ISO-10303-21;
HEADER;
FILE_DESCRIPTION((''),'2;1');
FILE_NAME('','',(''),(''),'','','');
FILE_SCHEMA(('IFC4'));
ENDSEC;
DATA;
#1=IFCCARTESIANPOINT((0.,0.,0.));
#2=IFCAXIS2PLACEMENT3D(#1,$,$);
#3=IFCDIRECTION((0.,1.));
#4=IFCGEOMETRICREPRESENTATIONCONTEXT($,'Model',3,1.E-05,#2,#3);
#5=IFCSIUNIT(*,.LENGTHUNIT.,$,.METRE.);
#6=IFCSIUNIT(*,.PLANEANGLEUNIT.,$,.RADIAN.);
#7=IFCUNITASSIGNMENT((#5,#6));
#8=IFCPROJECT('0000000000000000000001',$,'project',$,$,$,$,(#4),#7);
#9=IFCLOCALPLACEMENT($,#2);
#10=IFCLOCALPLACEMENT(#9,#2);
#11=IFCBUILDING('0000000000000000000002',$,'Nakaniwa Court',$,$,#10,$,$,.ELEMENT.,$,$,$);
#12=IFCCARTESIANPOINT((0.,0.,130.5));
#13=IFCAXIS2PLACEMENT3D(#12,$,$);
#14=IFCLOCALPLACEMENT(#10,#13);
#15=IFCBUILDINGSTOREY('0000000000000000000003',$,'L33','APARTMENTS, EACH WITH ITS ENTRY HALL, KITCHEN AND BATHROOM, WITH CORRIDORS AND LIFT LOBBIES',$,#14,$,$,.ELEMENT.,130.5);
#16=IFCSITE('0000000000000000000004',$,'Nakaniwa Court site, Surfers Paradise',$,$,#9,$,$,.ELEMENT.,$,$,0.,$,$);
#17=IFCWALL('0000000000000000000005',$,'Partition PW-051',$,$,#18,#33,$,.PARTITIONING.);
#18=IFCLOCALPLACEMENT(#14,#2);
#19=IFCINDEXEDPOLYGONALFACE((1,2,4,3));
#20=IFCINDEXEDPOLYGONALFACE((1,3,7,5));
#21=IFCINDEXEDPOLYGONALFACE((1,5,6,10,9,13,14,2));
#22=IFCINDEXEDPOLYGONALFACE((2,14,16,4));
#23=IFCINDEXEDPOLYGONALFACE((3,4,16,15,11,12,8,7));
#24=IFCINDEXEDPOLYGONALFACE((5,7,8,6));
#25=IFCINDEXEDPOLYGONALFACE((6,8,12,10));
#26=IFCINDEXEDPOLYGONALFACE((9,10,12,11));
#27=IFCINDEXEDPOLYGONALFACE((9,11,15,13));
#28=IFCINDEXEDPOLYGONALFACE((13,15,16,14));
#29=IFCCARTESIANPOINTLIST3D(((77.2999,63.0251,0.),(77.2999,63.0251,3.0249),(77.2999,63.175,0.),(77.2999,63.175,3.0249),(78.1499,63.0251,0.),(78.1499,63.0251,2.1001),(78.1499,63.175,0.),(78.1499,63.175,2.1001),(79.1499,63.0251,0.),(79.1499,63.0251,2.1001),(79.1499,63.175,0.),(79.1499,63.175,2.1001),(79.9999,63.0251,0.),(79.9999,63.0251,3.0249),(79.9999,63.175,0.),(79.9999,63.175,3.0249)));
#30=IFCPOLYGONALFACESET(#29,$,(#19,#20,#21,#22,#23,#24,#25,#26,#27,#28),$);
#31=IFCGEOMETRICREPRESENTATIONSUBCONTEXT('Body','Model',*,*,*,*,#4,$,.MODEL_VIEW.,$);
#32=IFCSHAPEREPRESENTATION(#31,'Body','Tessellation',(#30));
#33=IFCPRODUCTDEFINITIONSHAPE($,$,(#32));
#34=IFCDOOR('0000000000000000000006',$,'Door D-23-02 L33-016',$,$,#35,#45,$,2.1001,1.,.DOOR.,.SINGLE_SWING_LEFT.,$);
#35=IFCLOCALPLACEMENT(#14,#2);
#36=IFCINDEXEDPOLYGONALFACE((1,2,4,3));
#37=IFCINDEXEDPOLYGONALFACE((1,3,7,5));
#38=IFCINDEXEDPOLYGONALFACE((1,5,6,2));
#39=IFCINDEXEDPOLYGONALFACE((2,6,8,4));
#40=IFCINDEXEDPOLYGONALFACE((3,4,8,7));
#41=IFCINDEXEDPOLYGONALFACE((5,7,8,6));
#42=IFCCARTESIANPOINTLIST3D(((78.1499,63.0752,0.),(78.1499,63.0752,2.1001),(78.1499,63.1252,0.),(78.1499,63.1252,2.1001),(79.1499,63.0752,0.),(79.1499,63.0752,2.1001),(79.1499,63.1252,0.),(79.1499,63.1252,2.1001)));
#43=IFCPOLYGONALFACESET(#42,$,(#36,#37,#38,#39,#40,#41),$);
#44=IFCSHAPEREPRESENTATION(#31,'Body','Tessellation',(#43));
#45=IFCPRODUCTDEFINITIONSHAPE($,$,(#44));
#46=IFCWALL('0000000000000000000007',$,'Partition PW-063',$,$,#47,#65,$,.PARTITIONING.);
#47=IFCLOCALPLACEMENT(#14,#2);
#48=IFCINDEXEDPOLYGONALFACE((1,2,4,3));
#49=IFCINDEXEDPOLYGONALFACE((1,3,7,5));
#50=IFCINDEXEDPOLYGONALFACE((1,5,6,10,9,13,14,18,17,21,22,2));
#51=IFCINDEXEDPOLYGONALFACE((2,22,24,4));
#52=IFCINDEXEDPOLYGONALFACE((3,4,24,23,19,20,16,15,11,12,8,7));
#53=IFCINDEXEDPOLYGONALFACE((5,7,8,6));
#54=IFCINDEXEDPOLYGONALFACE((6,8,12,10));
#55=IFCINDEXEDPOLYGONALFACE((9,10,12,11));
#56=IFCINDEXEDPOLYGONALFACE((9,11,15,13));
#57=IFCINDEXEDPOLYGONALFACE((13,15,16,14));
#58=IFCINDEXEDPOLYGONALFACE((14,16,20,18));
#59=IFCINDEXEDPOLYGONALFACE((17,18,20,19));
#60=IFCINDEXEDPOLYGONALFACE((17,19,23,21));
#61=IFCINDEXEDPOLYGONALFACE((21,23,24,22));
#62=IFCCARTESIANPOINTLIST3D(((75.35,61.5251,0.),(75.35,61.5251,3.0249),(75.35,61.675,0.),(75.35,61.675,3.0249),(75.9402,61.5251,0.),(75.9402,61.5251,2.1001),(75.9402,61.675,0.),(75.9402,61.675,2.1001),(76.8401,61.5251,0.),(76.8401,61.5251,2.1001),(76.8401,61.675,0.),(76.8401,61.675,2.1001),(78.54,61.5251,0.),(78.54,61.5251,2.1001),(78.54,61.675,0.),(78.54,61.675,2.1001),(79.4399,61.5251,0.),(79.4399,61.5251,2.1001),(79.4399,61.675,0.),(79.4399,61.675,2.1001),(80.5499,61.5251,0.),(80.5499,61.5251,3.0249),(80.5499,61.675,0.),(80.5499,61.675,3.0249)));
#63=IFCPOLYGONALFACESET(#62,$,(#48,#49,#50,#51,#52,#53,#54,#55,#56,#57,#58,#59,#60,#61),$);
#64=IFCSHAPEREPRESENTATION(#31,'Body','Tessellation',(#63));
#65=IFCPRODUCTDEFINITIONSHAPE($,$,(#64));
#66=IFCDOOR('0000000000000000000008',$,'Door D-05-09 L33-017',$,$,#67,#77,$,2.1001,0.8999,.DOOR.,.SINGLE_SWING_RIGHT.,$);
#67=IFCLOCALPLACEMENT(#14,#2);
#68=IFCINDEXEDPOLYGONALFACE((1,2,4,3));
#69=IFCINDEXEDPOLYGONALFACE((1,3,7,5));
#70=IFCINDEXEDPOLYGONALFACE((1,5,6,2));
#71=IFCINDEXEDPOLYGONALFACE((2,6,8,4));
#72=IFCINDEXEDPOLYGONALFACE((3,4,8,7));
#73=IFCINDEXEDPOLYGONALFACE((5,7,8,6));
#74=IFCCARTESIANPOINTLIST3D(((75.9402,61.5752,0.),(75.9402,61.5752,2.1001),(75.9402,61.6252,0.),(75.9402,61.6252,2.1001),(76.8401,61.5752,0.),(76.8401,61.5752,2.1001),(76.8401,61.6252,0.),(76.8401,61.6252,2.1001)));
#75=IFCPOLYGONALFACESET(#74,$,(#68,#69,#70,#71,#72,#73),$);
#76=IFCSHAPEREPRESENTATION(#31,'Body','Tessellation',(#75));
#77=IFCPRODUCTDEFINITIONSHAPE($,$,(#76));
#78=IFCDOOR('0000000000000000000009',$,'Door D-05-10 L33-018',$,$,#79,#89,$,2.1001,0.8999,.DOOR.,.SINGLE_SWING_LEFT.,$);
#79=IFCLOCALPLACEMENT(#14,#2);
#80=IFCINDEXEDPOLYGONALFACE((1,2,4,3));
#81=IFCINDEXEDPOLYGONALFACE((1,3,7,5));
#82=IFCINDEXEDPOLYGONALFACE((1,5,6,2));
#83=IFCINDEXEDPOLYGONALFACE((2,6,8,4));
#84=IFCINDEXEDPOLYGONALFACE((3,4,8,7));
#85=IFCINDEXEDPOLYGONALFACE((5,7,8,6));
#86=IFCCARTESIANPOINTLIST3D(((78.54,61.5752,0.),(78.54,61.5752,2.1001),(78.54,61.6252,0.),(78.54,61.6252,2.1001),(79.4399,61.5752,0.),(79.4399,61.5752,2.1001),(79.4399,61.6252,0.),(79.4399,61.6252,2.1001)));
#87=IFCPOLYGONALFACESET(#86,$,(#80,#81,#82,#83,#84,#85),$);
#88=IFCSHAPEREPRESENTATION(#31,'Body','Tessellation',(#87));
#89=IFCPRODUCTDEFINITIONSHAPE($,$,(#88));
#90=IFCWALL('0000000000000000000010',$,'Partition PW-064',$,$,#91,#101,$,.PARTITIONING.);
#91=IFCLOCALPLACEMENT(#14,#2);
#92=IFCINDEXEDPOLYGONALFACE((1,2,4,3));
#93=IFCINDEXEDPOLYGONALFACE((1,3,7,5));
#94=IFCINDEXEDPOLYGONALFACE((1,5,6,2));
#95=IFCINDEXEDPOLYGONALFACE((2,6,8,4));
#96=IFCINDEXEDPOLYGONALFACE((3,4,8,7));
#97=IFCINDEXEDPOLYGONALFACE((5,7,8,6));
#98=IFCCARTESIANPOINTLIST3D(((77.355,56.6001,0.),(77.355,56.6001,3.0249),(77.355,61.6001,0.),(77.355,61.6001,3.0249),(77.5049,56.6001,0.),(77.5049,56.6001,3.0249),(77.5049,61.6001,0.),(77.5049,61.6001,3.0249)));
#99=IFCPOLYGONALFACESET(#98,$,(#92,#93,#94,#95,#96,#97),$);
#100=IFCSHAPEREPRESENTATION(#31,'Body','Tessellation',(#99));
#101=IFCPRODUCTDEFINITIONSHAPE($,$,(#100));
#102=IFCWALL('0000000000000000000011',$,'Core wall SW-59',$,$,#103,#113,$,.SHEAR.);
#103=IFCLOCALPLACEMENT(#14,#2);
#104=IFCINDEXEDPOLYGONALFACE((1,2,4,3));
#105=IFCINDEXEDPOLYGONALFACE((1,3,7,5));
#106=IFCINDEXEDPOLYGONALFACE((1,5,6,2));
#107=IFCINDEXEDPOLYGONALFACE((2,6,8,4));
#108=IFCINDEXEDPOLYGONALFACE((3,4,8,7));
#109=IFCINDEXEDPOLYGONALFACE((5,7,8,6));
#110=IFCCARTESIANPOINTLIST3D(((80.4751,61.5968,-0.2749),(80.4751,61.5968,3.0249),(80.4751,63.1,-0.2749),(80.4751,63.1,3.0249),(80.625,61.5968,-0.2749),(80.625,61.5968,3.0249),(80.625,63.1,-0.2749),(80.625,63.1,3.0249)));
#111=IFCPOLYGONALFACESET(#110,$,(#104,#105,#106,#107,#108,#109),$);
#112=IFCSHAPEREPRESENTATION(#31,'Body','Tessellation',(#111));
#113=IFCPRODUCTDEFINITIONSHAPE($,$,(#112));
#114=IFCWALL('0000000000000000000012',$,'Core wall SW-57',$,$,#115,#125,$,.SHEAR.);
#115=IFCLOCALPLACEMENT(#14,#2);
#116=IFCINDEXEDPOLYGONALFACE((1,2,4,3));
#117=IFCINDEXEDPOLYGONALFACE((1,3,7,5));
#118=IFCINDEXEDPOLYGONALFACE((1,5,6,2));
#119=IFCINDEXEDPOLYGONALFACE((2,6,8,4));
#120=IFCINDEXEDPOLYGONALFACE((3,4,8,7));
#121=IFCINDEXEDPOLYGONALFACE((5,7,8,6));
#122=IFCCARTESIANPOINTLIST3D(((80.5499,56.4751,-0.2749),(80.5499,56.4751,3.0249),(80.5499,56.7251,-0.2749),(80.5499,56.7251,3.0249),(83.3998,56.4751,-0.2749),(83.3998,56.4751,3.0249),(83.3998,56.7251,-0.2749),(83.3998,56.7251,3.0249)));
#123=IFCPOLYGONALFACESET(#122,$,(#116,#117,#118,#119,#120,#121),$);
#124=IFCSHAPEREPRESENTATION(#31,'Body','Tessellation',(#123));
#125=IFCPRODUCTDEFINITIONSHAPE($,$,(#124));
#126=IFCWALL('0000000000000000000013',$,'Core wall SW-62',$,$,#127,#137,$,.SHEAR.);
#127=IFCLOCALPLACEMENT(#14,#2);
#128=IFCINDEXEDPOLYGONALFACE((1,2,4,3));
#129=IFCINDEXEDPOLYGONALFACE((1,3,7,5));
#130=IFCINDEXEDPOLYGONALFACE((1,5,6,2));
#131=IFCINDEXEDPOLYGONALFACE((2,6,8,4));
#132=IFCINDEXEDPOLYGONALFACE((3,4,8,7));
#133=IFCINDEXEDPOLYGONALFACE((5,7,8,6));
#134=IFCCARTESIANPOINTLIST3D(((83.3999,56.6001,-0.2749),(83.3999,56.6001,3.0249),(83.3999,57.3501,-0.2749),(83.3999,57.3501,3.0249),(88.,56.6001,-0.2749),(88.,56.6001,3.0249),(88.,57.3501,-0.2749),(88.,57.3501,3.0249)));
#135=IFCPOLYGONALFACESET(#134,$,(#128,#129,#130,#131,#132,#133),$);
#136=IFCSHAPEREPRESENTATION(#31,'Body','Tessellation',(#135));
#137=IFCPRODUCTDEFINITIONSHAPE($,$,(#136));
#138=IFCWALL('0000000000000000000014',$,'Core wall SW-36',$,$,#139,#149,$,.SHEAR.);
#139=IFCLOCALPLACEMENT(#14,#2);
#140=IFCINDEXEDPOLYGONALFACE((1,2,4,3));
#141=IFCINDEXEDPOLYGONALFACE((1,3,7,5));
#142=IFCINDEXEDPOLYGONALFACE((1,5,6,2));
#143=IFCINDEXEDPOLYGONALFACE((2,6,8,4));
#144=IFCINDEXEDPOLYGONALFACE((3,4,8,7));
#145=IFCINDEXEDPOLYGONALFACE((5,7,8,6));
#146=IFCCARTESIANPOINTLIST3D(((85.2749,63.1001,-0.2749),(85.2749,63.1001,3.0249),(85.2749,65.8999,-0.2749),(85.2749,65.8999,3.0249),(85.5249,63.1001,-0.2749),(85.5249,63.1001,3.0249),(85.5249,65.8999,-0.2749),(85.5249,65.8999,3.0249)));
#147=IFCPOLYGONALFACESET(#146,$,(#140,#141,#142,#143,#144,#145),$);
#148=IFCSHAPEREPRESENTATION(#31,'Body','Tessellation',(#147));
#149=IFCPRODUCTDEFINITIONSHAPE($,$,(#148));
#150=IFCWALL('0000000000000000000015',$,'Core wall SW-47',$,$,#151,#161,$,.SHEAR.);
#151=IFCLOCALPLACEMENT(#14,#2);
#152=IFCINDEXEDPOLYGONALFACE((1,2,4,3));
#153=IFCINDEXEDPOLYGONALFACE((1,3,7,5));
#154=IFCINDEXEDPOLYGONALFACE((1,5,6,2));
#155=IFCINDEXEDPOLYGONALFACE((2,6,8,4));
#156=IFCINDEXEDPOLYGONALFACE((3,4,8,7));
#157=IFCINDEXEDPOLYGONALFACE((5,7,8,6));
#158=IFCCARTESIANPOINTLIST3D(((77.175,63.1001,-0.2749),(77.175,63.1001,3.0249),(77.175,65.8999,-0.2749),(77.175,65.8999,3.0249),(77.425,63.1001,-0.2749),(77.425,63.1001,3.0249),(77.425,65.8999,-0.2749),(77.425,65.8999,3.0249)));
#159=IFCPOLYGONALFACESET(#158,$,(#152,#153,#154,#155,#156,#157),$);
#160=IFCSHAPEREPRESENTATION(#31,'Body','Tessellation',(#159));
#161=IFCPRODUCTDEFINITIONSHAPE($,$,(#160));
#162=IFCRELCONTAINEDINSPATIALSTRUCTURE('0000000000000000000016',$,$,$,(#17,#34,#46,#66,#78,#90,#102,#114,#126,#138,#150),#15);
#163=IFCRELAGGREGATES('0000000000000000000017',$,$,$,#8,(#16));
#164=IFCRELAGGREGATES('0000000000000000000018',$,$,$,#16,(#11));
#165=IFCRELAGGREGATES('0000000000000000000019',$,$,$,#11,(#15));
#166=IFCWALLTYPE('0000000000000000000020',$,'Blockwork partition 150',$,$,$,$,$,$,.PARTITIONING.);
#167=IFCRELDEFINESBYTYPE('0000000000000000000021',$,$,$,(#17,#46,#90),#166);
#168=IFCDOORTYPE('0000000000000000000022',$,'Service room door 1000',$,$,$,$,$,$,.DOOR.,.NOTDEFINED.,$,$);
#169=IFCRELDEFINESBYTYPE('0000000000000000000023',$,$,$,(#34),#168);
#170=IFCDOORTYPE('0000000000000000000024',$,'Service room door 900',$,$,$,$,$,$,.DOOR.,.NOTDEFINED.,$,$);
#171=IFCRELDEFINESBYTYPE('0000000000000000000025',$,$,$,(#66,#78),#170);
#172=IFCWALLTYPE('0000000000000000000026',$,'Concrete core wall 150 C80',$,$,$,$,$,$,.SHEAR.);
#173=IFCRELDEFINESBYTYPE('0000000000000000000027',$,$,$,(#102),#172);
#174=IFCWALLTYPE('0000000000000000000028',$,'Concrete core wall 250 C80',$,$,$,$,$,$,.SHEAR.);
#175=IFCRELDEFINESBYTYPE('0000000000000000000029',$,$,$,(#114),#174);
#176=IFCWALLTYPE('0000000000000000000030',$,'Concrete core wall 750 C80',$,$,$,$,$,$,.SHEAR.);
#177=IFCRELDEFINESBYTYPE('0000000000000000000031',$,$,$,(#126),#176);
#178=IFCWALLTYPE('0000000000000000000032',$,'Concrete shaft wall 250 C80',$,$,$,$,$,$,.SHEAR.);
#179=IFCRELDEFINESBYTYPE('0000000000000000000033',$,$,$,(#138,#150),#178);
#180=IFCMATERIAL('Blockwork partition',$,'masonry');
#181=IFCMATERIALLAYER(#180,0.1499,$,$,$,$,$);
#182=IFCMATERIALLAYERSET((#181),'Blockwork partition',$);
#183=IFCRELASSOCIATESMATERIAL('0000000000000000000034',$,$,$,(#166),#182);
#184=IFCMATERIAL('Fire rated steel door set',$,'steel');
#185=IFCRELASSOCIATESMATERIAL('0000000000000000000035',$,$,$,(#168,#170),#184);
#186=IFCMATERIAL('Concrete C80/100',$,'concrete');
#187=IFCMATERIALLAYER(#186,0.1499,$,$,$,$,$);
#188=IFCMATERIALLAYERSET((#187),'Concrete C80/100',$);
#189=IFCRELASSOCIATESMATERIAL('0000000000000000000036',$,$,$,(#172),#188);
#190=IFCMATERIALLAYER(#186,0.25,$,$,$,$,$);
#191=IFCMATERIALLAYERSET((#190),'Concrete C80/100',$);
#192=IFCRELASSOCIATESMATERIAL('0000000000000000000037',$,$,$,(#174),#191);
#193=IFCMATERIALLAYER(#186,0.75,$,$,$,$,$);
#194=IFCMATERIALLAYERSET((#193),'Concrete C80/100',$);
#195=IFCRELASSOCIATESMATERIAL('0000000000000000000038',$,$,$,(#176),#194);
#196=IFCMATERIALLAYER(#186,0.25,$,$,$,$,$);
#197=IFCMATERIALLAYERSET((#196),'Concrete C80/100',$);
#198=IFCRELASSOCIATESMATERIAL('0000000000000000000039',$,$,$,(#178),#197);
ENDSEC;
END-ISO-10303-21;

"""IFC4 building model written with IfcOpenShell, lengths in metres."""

from ifc_helpers import new_model, si_unit, direction, frame, frame_2d, origin, place, context, subcontext, project, spatial, rectangle, extrude, material, layer, layer_set, type_object, element, fill, save


model = new_model("IFC4")

# Units and contexts
model_context = context("Model", 3, precision=1e-05, world=origin(), true_north=direction((0.0, 1.0)))
body_context = subcontext(model_context, "Body", "Model", "MODEL_VIEW")
ifc_project = project(units=[si_unit("LENGTHUNIT", "METRE"), si_unit("PLANEANGLEUNIT", "RADIAN")], contexts=[model_context])

# Site, building, storey
site_placement = place(None, origin())
site = spatial("IfcSite", under=ifc_project, at=site_placement, Name="Nakaniwa Court site, Surfers Paradise", CompositionType="ELEMENT", RefElevation=0.0)
building_placement = place(site_placement, origin())
building = spatial("IfcBuilding", under=site, at=building_placement, Name="Nakaniwa Court", CompositionType="ELEMENT")
storey_placement = place(building_placement, frame((0.0, 0.0, 130.5)))
storey = spatial("IfcBuildingStorey", under=building, at=storey_placement, Name="L33", Description="APARTMENTS, EACH WITH ITS ENTRY HALL, KITCHEN AND BATHROOM, WITH CORRIDORS AND LIFT LOBBIES", CompositionType="ELEMENT", Elevation=130.5)

# Wall, opening, door
ifc_material_1 = material(Name="Blockwork partition", Category="masonry")
ifc_layer_1 = layer(ifc_material_1, 0.1499)
ifc_layer_set_1 = layer_set([ifc_layer_1], Name="Blockwork partition")
wall_type_1 = type_object("IfcWallType", Name="Blockwork partition 150", PredefinedType="PARTITIONING", material=ifc_layer_set_1)
wall_1_placement = place(storey_placement, frame((80.0, 63.1001, 0.0), z_axis=(0.0, 0.0, 1.0), x_axis=(-1.0, 0.0, 0.0)))
wall_1 = element("IfcWall", 1, at=wall_1_placement, inside=storey, type_object=wall_type_1, Name="Partition PW-051", PredefinedType="PARTITIONING", context=body_context, shape_type="SweptSolid", body=[
    extrude(rectangle(XDim=2.7, YDim=0.1499, at=frame_2d((1.3501, 0.0))), origin(), (0.0, 0.0, 1.0), 3.0249),
])
opening_1_placement = place(wall_1_placement, frame((0.8501, 0.0, 0.0)))
opening_1 = element("IfcOpeningElement", 2, at=opening_1_placement, cuts=wall_1, PredefinedType="OPENING", context=body_context, shape_type="SweptSolid", body=[
    extrude(rectangle(XDim=1.0, YDim=2.1001, at=frame_2d((0.5, 1.05))), frame((0.0, 0.085, 0.0), z_axis=(0.0, -1.0, 0.0), x_axis=(1.0, 0.0, 0.0)), (0.0, 0.0, 1.0), 0.1699),
])
ifc_material_2 = material(Name="Fire rated steel door set", Category="steel")
door_type_1 = type_object("IfcDoorType", Name="Service room door 1000", OperationType="NOTDEFINED", PredefinedType="DOOR", material=ifc_material_2)
door_1_placement = place(opening_1_placement, origin())
door_1 = element("IfcDoor", 3, at=door_1_placement, inside=storey, type_object=door_type_1, Name="Door D-23-02 L33-016", OperationType="SINGLE_SWING_LEFT", OverallHeight=2.1001, OverallWidth=1.0, PredefinedType="DOOR", context=body_context, shape_type="SweptSolid", body=[
    extrude(rectangle(XDim=1.0, YDim=2.1001, at=frame_2d((0.5, 1.05))), frame((0.0, 0.0249, 0.0), z_axis=(0.0, -1.0, 0.0), x_axis=(1.0, 0.0, 0.0)), (0.0, 0.0, 1.0), 0.05),
])
fill(opening_1, door_1)

# Wall, openings, doors
wall_2_placement = place(storey_placement, frame((80.55, 61.6001, 0.0), z_axis=(0.0, 0.0, 1.0), x_axis=(-1.0, 0.0, 0.0)))
wall_2 = element("IfcWall", 4, at=wall_2_placement, inside=storey, type_object=wall_type_1, Name="Partition PW-063", PredefinedType="PARTITIONING", context=body_context, shape_type="SweptSolid", body=[
    extrude(rectangle(XDim=5.2, YDim=0.1499, at=frame_2d((2.6001, 0.0))), origin(), (0.0, 0.0, 1.0), 3.0249),
])
opening_2_placement = place(wall_2_placement, frame((3.71, 0.0, 0.0)))
opening_2 = element("IfcOpeningElement", 5, at=opening_2_placement, cuts=wall_2, PredefinedType="OPENING", context=body_context, shape_type="SweptSolid", body=[
    extrude(rectangle(XDim=0.8999, YDim=2.1001, at=frame_2d((0.45, 1.05))), frame((0.0, 0.085, 0.0), z_axis=(0.0, -1.0, 0.0), x_axis=(1.0, 0.0, 0.0)), (0.0, 0.0, 1.0), 0.1699),
])
opening_3_placement = place(wall_2_placement, frame((1.1101, 0.0, 0.0)))
opening_3 = element("IfcOpeningElement", 6, at=opening_3_placement, cuts=wall_2, PredefinedType="OPENING", context=body_context, shape_type="SweptSolid", body=[
    extrude(rectangle(XDim=0.8999, YDim=2.1001, at=frame_2d((0.45, 1.05))), frame((0.0, 0.085, 0.0), z_axis=(0.0, -1.0, 0.0), x_axis=(1.0, 0.0, 0.0)), (0.0, 0.0, 1.0), 0.1699),
])
door_type_2 = type_object("IfcDoorType", Name="Service room door 900", OperationType="NOTDEFINED", PredefinedType="DOOR", material=ifc_material_2)
door_2_placement = place(opening_2_placement, origin())
door_2 = element("IfcDoor", 7, at=door_2_placement, inside=storey, type_object=door_type_2, Name="Door D-05-09 L33-017", OperationType="SINGLE_SWING_RIGHT", OverallHeight=2.1001, OverallWidth=0.8999, PredefinedType="DOOR", context=body_context, shape_type="SweptSolid", body=[
    extrude(rectangle(XDim=0.8999, YDim=2.1001, at=frame_2d((0.45, 1.05))), frame((0.0, 0.0249, 0.0), z_axis=(0.0, -1.0, 0.0), x_axis=(1.0, 0.0, 0.0)), (0.0, 0.0, 1.0), 0.05),
])
fill(opening_2, door_2)
door_3_placement = place(opening_3_placement, origin())
door_3 = element("IfcDoor", 8, at=door_3_placement, inside=storey, type_object=door_type_2, Name="Door D-05-10 L33-018", OperationType="SINGLE_SWING_LEFT", OverallHeight=2.1001, OverallWidth=0.8999, PredefinedType="DOOR", context=body_context, shape_type="SweptSolid", body=[
    extrude(rectangle(XDim=0.8999, YDim=2.1001, at=frame_2d((0.45, 1.05))), frame((0.0, 0.0249, 0.0), z_axis=(0.0, -1.0, 0.0), x_axis=(1.0, 0.0, 0.0)), (0.0, 0.0, 1.0), 0.05),
])
fill(opening_3, door_3)

# Walls
wall_3_placement = place(storey_placement, frame((77.4299, 56.6001, 0.0), z_axis=(0.0, 0.0, 1.0), x_axis=(0.0, 1.0, 0.0)))
element("IfcWall", 9, at=wall_3_placement, inside=storey, type_object=wall_type_1, Name="Partition PW-064", PredefinedType="PARTITIONING", context=body_context, shape_type="SweptSolid", body=[
    extrude(rectangle(XDim=5.0, YDim=0.1499, at=frame_2d((2.5, 0.0))), origin(), (0.0, 0.0, 1.0), 3.0249),
])
ifc_material_3 = material(Name="Concrete C80/100", Category="concrete")
ifc_layer_2 = layer(ifc_material_3, 0.1499)
ifc_layer_set_2 = layer_set([ifc_layer_2], Name="Concrete C80/100")
wall_type_2 = type_object("IfcWallType", Name="Concrete core wall 150 C80", PredefinedType="SHEAR", material=ifc_layer_set_2)
wall_4_placement = place(storey_placement, frame((80.55, 61.5969, -0.2749), z_axis=(0.0, 0.0, 1.0), x_axis=(0.0, 1.0, 0.0)))
element("IfcWall", 10, at=wall_4_placement, inside=storey, type_object=wall_type_2, Name="Core wall SW-59", PredefinedType="SHEAR", context=body_context, shape_type="SweptSolid", body=[
    extrude(rectangle(XDim=1.5032, YDim=0.1499, at=frame_2d((0.7515, 0.0))), origin(), (0.0, 0.0, 1.0), 3.2998),
])
ifc_layer_3 = layer(ifc_material_3, 0.25)
ifc_layer_set_3 = layer_set([ifc_layer_3], Name="Concrete C80/100")
wall_type_3 = type_object("IfcWallType", Name="Concrete core wall 250 C80", PredefinedType="SHEAR", material=ifc_layer_set_3)
wall_5_placement = place(storey_placement, frame((80.55, 56.6001, -0.2749), z_axis=(0.0, 0.0, 1.0), x_axis=(1.0, 0.0, 0.0)))
element("IfcWall", 11, at=wall_5_placement, inside=storey, type_object=wall_type_3, Name="Core wall SW-57", PredefinedType="SHEAR", context=body_context, shape_type="SweptSolid", body=[
    extrude(rectangle(XDim=2.8499, YDim=0.25, at=frame_2d((1.4248, 0.0))), origin(), (0.0, 0.0, 1.0), 3.2998),
])
ifc_layer_4 = layer(ifc_material_3, 0.75)
ifc_layer_set_4 = layer_set([ifc_layer_4], Name="Concrete C80/100")
wall_type_4 = type_object("IfcWallType", Name="Concrete core wall 750 C80", PredefinedType="SHEAR", material=ifc_layer_set_4)
wall_6_placement = place(storey_placement, frame((83.3999, 56.9751, -0.2749), z_axis=(0.0, 0.0, 1.0), x_axis=(1.0, 0.0, 0.0)))
element("IfcWall", 12, at=wall_6_placement, inside=storey, type_object=wall_type_4, Name="Core wall SW-62", PredefinedType="SHEAR", context=body_context, shape_type="SweptSolid", body=[
    extrude(rectangle(XDim=4.6001, YDim=0.75, at=frame_2d((2.3, 0.0))), origin(), (0.0, 0.0, 1.0), 3.2998),
])
ifc_layer_5 = layer(ifc_material_3, 0.25)
ifc_layer_set_5 = layer_set([ifc_layer_5], Name="Concrete C80/100")
wall_type_5 = type_object("IfcWallType", Name="Concrete shaft wall 250 C80", PredefinedType="SHEAR", material=ifc_layer_set_5)
for number, where, z_axis, x_axis, name in (
    (13, (85.3999, 63.1001, -0.2749), (0.0, 0.0, 1.0), (0.0, 1.0, 0.0), "Core wall SW-36"),
    (14, (77.3, 63.1001, -0.2749), (0.0, 0.0, 1.0), (0.0, 1.0, 0.0), "Core wall SW-47"),
):
    element("IfcWall", number, at=place(storey_placement, frame(where, z_axis=z_axis, x_axis=x_axis)), inside=storey, type_object=wall_type_5, Name=name, PredefinedType="SHEAR", context=body_context, shape_type="SweptSolid", body=[
        extrude(rectangle(XDim=2.7998, YDim=0.25, at=frame_2d((1.3999, 0.0))), origin(), (0.0, 0.0, 1.0), 3.2998),
    ])

save(model, "model.ifc")
